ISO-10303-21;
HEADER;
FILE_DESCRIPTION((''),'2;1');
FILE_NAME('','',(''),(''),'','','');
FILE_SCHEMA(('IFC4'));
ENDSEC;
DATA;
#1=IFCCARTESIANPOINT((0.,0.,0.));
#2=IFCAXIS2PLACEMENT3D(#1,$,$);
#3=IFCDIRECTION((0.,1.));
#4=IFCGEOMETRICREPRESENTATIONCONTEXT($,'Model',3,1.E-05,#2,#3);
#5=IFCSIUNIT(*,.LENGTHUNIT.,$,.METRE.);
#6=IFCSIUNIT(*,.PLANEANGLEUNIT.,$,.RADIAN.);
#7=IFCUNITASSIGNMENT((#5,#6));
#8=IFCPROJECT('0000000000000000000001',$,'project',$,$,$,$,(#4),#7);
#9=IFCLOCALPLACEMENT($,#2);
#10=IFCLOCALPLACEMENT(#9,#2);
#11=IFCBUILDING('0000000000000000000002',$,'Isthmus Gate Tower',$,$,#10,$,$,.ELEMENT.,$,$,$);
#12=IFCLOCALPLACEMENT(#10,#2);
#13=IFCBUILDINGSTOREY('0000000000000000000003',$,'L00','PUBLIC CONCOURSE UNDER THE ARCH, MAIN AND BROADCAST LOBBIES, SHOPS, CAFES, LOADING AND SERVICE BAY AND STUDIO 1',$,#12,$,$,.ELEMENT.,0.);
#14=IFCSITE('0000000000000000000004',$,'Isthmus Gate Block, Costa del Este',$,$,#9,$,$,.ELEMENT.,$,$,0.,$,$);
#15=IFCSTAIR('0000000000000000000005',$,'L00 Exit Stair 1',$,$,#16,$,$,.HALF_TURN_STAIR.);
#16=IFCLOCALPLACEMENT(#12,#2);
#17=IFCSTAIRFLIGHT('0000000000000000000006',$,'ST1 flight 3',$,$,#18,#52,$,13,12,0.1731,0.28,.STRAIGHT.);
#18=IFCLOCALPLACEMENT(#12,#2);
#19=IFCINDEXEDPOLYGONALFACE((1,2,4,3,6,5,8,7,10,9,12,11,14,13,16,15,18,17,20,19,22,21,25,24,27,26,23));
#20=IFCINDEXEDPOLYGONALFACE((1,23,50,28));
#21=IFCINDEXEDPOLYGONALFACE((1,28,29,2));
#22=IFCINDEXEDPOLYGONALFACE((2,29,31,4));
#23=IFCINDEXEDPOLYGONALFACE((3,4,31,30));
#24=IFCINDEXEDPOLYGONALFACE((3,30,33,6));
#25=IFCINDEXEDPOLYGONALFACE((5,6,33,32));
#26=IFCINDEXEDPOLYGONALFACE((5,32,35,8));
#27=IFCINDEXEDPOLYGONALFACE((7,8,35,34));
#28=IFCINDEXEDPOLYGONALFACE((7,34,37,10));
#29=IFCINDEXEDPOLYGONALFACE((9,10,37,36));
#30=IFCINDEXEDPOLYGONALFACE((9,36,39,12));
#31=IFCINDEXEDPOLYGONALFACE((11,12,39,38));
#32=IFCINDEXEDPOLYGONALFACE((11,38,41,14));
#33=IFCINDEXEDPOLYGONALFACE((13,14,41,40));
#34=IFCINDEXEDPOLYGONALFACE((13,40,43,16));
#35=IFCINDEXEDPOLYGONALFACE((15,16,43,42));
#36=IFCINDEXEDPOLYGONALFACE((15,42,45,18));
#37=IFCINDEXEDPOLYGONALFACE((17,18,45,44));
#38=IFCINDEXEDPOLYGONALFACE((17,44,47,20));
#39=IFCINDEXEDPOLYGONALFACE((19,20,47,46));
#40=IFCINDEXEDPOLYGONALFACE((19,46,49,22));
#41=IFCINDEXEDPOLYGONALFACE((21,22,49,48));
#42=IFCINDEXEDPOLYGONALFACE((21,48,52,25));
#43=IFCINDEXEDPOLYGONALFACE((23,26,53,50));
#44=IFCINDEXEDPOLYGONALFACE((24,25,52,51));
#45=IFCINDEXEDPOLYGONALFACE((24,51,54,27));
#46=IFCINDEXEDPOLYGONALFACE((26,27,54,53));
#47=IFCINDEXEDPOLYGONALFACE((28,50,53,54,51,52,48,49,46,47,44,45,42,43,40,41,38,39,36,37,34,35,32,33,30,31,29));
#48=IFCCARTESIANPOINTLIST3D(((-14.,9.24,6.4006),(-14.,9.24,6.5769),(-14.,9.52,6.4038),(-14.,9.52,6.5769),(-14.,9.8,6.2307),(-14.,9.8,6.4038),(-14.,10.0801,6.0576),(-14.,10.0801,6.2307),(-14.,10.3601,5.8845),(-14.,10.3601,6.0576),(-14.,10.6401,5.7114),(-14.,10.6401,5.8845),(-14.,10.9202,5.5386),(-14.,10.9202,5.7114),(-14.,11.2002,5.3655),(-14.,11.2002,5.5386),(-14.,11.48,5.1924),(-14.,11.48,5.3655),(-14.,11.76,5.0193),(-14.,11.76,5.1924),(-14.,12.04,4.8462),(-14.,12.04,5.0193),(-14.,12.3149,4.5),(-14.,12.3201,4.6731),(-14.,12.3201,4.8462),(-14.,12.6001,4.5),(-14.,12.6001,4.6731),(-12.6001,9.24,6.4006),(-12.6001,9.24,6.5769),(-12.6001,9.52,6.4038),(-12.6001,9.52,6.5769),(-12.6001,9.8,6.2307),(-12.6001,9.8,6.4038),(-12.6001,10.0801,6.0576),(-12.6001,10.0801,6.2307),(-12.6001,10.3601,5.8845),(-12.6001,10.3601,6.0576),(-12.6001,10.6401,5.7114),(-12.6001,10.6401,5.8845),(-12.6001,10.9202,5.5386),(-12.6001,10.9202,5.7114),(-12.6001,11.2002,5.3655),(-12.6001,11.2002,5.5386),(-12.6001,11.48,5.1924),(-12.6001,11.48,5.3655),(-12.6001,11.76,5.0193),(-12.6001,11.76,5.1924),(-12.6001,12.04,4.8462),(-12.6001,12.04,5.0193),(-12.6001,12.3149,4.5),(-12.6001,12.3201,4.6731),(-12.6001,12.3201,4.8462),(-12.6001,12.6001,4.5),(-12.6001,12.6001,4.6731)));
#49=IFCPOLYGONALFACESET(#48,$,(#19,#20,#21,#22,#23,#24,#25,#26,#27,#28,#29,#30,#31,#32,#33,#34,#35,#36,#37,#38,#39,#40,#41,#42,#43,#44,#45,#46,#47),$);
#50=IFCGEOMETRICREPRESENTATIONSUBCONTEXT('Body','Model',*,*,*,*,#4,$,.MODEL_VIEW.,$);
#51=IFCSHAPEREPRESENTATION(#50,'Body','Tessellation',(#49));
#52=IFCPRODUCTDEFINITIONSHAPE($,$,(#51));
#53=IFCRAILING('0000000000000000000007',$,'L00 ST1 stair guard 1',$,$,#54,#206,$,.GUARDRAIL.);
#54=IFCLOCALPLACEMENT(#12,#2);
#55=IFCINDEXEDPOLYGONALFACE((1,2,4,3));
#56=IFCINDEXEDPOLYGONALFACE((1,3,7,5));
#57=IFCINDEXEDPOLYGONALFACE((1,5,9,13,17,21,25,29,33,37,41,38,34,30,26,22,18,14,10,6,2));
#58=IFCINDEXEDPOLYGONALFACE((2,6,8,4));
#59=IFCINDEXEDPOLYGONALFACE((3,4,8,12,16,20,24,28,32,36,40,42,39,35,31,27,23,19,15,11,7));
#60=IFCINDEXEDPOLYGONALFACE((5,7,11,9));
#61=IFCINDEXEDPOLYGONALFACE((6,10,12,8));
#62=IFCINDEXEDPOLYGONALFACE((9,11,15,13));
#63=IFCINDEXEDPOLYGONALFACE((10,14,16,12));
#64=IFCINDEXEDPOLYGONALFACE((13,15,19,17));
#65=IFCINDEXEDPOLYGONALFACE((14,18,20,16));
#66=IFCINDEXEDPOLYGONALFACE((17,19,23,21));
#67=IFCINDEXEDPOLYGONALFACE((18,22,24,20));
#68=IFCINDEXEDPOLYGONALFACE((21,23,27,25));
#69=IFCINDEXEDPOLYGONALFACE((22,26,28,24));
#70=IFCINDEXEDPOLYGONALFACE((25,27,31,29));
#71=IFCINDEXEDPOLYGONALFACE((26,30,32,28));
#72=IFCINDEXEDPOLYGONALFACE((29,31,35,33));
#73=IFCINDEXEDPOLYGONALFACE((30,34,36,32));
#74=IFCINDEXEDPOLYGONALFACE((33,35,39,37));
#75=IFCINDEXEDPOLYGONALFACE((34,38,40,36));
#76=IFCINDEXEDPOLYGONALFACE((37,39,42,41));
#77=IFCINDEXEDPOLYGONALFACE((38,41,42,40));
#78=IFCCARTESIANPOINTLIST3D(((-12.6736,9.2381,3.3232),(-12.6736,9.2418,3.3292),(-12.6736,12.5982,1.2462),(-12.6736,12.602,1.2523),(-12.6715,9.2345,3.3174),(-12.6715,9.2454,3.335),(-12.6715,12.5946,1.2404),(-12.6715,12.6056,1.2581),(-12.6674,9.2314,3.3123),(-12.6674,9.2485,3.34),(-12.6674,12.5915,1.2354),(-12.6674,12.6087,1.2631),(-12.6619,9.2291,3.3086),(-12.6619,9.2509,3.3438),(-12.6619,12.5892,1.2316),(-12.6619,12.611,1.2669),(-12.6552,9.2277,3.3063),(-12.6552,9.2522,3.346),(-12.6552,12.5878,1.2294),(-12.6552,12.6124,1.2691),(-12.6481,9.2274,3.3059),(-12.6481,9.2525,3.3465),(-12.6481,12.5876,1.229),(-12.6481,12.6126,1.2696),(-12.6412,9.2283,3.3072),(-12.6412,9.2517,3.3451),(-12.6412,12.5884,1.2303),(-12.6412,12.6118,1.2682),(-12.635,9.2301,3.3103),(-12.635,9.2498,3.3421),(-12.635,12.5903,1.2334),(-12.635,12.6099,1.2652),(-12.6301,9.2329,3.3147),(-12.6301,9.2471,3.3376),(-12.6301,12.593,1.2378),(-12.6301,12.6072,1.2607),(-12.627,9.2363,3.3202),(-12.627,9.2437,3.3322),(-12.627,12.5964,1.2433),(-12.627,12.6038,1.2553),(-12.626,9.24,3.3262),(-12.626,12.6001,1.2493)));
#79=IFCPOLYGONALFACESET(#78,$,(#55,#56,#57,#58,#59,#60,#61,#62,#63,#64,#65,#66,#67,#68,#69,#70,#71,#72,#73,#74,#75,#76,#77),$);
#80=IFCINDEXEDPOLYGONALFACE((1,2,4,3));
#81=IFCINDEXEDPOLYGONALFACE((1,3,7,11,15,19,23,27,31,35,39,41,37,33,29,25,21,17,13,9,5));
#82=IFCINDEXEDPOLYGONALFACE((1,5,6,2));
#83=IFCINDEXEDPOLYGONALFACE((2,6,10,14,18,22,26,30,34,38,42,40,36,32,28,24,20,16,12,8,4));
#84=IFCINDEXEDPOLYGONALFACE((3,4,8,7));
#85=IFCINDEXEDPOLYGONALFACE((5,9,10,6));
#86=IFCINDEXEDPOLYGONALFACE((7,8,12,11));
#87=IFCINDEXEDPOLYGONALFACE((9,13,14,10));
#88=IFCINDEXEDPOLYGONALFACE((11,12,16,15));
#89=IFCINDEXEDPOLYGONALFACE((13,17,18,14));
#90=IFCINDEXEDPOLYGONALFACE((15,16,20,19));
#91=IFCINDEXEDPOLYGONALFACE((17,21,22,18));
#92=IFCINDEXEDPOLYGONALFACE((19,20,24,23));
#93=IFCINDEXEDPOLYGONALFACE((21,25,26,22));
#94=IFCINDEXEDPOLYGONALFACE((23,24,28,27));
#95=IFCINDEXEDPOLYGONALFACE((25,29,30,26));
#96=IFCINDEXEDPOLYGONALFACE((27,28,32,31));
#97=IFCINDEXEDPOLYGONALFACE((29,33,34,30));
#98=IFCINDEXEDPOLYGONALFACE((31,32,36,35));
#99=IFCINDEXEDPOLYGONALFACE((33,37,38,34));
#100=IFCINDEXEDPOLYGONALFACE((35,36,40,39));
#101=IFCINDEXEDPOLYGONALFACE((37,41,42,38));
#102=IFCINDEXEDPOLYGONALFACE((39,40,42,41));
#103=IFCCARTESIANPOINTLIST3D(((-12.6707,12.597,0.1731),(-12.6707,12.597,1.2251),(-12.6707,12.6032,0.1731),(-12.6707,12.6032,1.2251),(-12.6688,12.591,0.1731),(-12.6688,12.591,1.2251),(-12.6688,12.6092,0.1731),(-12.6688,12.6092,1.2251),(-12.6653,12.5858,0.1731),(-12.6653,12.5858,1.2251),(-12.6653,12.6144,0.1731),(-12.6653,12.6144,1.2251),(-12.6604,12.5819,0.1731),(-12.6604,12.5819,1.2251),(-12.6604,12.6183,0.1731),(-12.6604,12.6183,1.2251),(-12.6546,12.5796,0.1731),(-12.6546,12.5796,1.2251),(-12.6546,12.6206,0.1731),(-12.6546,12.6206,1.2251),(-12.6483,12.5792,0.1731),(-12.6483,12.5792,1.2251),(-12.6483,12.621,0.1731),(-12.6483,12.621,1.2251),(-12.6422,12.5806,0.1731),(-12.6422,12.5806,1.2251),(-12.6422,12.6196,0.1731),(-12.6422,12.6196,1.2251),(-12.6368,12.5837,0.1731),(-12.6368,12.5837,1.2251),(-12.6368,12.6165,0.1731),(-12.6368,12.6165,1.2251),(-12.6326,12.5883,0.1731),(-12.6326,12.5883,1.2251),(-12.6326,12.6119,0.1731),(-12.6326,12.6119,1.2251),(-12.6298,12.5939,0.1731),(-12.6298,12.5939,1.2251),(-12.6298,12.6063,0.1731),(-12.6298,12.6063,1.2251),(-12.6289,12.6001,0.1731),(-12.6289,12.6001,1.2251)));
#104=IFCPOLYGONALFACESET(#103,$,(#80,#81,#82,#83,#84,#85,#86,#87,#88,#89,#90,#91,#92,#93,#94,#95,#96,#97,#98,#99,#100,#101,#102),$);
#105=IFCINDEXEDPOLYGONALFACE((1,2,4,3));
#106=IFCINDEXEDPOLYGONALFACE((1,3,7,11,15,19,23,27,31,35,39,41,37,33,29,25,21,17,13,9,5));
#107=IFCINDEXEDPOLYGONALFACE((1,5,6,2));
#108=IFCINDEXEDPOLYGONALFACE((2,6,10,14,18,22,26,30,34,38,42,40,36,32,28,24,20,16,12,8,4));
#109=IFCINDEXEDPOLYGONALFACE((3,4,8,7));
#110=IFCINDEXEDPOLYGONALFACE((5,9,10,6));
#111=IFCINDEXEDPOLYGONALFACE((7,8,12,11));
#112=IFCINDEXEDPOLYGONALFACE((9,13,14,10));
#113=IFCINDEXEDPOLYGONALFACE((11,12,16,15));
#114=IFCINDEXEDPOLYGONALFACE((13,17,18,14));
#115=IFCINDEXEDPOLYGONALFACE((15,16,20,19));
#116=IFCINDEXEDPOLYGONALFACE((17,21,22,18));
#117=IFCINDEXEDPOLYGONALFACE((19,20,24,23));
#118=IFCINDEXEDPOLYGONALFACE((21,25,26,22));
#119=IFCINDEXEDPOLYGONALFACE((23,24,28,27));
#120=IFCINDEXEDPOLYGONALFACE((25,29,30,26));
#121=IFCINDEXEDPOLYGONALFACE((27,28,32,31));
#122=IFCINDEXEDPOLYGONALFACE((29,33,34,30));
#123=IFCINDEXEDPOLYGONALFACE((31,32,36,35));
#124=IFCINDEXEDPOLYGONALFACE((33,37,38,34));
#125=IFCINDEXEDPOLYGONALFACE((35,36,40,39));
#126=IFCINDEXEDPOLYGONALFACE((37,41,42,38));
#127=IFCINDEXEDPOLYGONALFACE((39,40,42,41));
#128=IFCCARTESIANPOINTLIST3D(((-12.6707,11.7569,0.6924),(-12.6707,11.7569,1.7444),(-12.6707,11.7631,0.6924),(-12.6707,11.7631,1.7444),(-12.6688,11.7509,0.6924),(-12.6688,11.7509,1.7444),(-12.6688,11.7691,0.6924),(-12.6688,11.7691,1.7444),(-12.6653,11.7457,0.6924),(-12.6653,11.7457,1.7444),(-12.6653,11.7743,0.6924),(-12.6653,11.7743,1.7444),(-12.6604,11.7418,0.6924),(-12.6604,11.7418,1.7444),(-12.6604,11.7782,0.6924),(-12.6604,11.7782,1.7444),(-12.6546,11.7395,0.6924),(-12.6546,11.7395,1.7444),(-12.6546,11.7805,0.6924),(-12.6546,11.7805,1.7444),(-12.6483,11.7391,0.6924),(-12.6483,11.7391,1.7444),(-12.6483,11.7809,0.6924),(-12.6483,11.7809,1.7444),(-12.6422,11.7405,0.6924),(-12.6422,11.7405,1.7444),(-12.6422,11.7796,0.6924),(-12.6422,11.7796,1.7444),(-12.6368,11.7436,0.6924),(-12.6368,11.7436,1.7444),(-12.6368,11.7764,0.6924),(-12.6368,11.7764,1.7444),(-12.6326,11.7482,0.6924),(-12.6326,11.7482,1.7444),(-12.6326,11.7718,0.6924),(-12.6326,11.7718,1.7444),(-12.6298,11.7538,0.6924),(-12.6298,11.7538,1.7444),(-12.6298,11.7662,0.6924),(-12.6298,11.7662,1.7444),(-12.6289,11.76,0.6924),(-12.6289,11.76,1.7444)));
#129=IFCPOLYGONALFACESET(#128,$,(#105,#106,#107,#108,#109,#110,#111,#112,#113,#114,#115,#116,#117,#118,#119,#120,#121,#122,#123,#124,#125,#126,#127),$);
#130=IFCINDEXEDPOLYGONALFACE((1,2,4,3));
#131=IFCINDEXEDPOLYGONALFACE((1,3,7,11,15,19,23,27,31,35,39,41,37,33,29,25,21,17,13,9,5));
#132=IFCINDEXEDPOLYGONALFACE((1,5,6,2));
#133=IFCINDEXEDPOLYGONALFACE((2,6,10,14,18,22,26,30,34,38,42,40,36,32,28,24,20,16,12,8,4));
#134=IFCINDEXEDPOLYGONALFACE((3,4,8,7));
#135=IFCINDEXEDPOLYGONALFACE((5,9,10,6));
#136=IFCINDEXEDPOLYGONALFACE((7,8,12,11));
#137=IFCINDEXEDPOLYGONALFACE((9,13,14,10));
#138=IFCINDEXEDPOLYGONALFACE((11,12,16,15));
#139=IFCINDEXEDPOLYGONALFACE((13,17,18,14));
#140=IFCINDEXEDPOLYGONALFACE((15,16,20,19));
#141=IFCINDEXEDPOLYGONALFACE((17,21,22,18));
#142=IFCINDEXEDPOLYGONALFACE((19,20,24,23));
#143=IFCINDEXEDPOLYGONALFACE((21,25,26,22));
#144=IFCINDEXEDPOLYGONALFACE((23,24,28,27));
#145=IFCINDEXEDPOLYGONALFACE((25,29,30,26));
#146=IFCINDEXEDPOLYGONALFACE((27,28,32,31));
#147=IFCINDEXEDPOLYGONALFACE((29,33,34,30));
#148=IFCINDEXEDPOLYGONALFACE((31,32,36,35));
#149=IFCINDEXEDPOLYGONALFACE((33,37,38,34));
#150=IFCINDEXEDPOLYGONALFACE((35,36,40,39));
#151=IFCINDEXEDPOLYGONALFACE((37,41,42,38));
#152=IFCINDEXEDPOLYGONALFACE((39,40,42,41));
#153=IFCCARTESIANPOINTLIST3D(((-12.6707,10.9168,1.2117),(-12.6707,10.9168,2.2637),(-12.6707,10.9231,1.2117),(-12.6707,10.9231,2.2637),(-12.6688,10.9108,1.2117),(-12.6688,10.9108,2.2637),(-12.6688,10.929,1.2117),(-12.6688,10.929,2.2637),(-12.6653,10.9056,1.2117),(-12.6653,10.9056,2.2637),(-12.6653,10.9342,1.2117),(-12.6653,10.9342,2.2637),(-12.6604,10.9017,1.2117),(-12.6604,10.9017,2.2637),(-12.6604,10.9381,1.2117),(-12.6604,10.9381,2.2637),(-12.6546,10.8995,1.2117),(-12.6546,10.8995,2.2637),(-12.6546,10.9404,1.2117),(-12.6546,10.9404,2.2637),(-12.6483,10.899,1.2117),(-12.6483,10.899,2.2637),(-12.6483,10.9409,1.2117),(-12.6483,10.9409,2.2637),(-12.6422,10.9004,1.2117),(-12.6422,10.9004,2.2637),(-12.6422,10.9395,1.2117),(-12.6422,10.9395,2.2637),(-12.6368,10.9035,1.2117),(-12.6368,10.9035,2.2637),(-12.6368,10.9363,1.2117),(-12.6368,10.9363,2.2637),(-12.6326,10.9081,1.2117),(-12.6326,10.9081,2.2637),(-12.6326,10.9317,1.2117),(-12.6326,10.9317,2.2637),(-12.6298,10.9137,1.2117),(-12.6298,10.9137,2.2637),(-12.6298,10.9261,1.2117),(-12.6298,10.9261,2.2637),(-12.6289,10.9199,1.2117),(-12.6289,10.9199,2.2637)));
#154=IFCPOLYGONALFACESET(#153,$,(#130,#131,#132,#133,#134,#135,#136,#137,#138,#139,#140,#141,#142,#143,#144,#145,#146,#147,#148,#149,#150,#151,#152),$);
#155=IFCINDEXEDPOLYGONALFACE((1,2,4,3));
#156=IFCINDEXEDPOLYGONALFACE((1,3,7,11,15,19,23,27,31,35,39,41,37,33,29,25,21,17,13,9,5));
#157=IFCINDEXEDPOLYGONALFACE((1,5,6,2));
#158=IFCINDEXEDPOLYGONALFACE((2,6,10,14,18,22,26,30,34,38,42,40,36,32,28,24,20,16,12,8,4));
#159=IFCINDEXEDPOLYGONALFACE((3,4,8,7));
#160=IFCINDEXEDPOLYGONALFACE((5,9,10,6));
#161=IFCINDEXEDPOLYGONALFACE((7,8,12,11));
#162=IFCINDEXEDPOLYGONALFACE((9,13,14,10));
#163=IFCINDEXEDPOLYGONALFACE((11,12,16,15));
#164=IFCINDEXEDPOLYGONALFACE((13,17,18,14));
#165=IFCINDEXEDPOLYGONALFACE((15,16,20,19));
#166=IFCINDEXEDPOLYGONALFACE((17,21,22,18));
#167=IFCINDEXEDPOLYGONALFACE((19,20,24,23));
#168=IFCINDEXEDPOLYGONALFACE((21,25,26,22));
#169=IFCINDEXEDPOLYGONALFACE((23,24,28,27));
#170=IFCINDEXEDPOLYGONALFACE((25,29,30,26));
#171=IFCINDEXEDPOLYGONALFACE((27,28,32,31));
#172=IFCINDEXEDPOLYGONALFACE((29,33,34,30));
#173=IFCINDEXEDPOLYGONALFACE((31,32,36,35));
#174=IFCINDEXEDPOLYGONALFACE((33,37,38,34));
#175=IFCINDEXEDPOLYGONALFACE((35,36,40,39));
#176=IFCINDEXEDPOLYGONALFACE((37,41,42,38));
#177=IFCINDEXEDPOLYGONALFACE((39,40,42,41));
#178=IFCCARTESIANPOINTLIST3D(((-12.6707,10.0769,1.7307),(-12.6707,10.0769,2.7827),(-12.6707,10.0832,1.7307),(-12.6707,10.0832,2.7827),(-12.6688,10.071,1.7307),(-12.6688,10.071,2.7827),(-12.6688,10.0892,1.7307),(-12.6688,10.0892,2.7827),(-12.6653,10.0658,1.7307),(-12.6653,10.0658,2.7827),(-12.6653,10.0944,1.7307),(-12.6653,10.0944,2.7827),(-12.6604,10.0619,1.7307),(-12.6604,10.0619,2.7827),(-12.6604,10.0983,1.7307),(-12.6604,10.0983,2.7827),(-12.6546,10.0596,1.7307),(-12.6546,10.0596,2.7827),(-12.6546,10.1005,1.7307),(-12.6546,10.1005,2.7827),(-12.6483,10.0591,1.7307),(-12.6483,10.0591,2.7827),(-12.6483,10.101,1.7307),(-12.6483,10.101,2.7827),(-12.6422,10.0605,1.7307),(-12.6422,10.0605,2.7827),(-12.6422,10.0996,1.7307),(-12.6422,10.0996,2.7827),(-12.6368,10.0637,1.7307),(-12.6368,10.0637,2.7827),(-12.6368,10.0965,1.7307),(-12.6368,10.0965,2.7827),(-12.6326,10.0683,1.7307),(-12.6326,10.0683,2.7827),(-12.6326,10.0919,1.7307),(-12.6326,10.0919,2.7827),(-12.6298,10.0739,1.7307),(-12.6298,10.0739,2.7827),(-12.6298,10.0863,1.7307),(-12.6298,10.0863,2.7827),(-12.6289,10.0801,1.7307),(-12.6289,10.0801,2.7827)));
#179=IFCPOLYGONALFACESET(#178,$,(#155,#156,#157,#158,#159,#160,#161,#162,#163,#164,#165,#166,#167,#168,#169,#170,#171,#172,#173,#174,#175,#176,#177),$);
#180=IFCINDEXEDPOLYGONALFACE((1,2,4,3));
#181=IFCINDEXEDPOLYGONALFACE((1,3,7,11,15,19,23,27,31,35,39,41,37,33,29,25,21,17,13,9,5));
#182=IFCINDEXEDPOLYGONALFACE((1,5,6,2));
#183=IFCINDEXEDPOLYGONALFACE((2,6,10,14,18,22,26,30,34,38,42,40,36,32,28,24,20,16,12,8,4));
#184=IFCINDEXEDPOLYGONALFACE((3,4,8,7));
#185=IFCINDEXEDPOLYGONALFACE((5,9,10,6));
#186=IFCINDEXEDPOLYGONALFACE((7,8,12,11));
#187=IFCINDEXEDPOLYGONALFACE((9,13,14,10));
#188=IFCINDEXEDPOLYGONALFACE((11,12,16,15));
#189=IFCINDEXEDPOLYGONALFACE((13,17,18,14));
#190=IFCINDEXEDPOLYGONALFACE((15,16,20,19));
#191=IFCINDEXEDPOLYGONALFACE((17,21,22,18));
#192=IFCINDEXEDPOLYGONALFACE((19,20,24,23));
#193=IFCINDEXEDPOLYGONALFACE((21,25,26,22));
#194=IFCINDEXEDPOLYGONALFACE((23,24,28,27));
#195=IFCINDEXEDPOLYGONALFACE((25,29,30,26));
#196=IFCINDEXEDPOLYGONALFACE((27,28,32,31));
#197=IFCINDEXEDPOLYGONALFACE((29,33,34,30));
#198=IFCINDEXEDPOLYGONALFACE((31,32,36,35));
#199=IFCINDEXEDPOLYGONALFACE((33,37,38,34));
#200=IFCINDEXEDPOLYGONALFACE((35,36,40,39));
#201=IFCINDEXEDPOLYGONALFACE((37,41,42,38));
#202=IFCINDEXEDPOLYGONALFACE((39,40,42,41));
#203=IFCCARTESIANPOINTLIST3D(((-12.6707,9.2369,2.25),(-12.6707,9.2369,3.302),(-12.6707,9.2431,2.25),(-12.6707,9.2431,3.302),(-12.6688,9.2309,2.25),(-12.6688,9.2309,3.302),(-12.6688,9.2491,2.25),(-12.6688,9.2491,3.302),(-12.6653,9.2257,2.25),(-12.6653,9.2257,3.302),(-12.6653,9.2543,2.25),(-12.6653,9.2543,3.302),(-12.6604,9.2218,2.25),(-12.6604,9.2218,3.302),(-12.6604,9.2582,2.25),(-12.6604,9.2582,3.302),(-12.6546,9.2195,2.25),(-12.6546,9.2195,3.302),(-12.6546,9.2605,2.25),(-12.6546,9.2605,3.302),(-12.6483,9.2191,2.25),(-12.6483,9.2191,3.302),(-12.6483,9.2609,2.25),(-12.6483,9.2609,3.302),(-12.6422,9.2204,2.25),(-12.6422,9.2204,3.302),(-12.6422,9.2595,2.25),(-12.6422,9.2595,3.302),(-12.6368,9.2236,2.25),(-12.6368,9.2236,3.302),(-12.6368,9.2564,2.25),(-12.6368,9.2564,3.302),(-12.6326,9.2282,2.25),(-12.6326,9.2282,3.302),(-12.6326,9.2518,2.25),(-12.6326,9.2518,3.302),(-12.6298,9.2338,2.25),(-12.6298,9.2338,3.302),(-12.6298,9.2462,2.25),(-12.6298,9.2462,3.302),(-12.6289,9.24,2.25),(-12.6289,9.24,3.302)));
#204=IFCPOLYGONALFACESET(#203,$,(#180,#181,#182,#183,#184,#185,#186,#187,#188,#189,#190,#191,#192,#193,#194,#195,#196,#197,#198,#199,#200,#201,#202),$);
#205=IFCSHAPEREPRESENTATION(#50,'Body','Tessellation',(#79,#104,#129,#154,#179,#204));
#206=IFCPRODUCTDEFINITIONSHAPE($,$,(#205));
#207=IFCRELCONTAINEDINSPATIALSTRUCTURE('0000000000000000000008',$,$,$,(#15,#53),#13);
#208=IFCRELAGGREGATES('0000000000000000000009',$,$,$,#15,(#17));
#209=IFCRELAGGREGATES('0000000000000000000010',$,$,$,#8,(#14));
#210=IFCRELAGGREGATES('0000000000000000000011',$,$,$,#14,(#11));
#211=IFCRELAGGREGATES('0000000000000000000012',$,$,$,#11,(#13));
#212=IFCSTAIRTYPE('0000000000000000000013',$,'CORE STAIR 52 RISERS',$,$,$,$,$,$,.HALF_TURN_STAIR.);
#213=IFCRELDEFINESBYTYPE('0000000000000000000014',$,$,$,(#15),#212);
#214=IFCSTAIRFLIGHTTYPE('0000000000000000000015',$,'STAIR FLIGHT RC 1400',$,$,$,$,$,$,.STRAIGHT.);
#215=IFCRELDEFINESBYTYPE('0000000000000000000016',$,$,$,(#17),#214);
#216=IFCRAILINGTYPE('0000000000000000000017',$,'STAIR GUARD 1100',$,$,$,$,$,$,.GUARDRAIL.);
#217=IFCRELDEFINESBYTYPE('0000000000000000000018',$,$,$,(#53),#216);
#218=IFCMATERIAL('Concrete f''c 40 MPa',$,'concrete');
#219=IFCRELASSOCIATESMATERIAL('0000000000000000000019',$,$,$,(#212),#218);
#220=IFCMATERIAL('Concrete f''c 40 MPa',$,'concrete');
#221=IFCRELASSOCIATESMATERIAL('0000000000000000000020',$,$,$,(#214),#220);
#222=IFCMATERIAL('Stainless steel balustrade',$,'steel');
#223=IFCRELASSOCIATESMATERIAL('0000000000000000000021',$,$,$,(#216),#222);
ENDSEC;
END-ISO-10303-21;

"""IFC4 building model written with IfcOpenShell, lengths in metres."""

from ifc_helpers import new_model, si_unit, direction, frame, origin, origin_2d, place, context, subcontext, project, spatial, polyline, circle, outline, extrude, material, type_object, element, aggregate, save


model = new_model("IFC4")

# Units and contexts
model_context = context("Model", 3, precision=1e-05, world=origin(), true_north=direction((0.0, 1.0)))
body_context = subcontext(model_context, "Body", "Model", "MODEL_VIEW")
ifc_project = project(units=[si_unit("LENGTHUNIT", "METRE"), si_unit("PLANEANGLEUNIT", "RADIAN")], contexts=[model_context])

# Site, building, storey
site_placement = place(None, origin())
site = spatial("IfcSite", under=ifc_project, at=site_placement, Name="Isthmus Gate Block, Costa del Este", CompositionType="ELEMENT", RefElevation=0.0)
building_placement = place(site_placement, origin())
building = spatial("IfcBuilding", under=site, at=building_placement, Name="Isthmus Gate Tower", CompositionType="ELEMENT")
storey_placement = place(building_placement, origin())
storey = spatial("IfcBuildingStorey", under=building, at=storey_placement, Name="L00", Description="PUBLIC CONCOURSE UNDER THE ARCH, MAIN AND BROADCAST LOBBIES, SHOPS, CAFES, LOADING AND SERVICE BAY AND STUDIO 1", CompositionType="ELEMENT", Elevation=0.0)

# Stair, stair flight
ifc_material_1 = material(Name="Concrete f'c 40 MPa", Category="concrete")
stair_type = type_object("IfcStairType", Name="CORE STAIR 52 RISERS", PredefinedType="HALF_TURN_STAIR", material=ifc_material_1)
stair_placement = place(storey_placement, origin())
stair = element("IfcStair", 1, at=stair_placement, inside=storey, type_object=stair_type, Name="L00 Exit Stair 1", PredefinedType="HALF_TURN_STAIR")
ifc_material_2 = material(Name="Concrete f'c 40 MPa", Category="concrete")
stair_flight_type = type_object("IfcStairFlightType", Name="STAIR FLIGHT RC 1400", PredefinedType="STRAIGHT", material=ifc_material_2)
stair_flight_1_placement = place(storey_placement, frame((-13.3, 12.6001, 4.5), z_axis=(0.0, 0.0, 1.0), x_axis=(0.0, -1.0, 0.0)))
stair_flight_1 = element("IfcStairFlight", 2, at=stair_flight_1_placement, type_object=stair_flight_type, Name="ST1 flight 3", NumberOfRisers=13, NumberOfTreads=12, PredefinedType="STRAIGHT", RiserHeight=0.1731, TreadLength=0.28, context=body_context, shape_type="SweptSolid", body=[
    extrude(outline(polyline([(0.0, 0.0), (0.0, 0.1731), (0.28, 0.1731), (0.28, 0.3462), (0.5601, 0.3462), (0.5601, 0.5193), (0.8401, 0.5193), (0.8401, 0.6924), (1.1201, 0.6924), (1.1201, 0.8655), (1.3999, 0.8655), (1.3999, 1.0386), (1.6799, 1.0386), (1.6799, 1.2114), (1.96, 1.2114), (1.96, 1.3845), (2.24, 1.3845), (2.24, 1.5576), (2.52, 1.5576), (2.52, 1.7307), (2.8, 1.7307), (2.8, 1.9038), (3.0801, 1.9038), (3.0801, 2.0769), (3.3601, 2.0769), (3.3601, 2.25), (3.3601, 1.9006), (0.2852, 0.0), (0.0, 0.0)])), frame((0.0, 0.7, 0.0), z_axis=(0.0, -1.0, 0.0), x_axis=(1.0, 0.0, 0.0)), (0.0, 0.0, 1.0), 1.3999),
])
aggregate(stair, [stair_flight_1])

# Railing
ifc_material_3 = material(Name="Stainless steel balustrade", Category="steel")
railing_type_1 = type_object("IfcRailingType", Name="STAIR GUARD 1100", PredefinedType="GUARDRAIL", material=ifc_material_3)
railing_1_placement = place(storey_placement, frame((-12.6499, 12.6001, 0.1731)))
element("IfcRailing", 3, at=railing_1_placement, inside=storey, type_object=railing_type_1, Name="L00 ST1 stair guard 1", PredefinedType="GUARDRAIL", context=body_context, shape_type="SweptSolid", body=[
    extrude(circle(Radius=0.0239, at=origin_2d()), frame((0.0, 0.0, 1.0762), z_axis=(0.0, -0.850623, 0.525776), x_axis=(1.0, 0.0, 0.0)), (0.0, 0.0, 1.0), 3.9502),
    extrude(circle(Radius=0.021, at=origin_2d()), origin(), (0.0, 0.0, 1.0), 1.052),
    extrude(circle(Radius=0.021, at=origin_2d()), frame((0.0, -0.8401, 0.5193)), (0.0, 0.0, 1.0), 1.052),
    extrude(circle(Radius=0.021, at=origin_2d()), frame((0.0, -1.6802, 1.0386)), (0.0, 0.0, 1.0), 1.052),
    extrude(circle(Radius=0.021, at=origin_2d()), frame((0.0, -2.52, 1.5576)), (0.0, 0.0, 1.0), 1.052),
    extrude(circle(Radius=0.021, at=origin_2d()), frame((0.0, -3.3601, 2.0769)), (0.0, 0.0, 1.0), 1.052),
])

save(model, "model.ifc")
